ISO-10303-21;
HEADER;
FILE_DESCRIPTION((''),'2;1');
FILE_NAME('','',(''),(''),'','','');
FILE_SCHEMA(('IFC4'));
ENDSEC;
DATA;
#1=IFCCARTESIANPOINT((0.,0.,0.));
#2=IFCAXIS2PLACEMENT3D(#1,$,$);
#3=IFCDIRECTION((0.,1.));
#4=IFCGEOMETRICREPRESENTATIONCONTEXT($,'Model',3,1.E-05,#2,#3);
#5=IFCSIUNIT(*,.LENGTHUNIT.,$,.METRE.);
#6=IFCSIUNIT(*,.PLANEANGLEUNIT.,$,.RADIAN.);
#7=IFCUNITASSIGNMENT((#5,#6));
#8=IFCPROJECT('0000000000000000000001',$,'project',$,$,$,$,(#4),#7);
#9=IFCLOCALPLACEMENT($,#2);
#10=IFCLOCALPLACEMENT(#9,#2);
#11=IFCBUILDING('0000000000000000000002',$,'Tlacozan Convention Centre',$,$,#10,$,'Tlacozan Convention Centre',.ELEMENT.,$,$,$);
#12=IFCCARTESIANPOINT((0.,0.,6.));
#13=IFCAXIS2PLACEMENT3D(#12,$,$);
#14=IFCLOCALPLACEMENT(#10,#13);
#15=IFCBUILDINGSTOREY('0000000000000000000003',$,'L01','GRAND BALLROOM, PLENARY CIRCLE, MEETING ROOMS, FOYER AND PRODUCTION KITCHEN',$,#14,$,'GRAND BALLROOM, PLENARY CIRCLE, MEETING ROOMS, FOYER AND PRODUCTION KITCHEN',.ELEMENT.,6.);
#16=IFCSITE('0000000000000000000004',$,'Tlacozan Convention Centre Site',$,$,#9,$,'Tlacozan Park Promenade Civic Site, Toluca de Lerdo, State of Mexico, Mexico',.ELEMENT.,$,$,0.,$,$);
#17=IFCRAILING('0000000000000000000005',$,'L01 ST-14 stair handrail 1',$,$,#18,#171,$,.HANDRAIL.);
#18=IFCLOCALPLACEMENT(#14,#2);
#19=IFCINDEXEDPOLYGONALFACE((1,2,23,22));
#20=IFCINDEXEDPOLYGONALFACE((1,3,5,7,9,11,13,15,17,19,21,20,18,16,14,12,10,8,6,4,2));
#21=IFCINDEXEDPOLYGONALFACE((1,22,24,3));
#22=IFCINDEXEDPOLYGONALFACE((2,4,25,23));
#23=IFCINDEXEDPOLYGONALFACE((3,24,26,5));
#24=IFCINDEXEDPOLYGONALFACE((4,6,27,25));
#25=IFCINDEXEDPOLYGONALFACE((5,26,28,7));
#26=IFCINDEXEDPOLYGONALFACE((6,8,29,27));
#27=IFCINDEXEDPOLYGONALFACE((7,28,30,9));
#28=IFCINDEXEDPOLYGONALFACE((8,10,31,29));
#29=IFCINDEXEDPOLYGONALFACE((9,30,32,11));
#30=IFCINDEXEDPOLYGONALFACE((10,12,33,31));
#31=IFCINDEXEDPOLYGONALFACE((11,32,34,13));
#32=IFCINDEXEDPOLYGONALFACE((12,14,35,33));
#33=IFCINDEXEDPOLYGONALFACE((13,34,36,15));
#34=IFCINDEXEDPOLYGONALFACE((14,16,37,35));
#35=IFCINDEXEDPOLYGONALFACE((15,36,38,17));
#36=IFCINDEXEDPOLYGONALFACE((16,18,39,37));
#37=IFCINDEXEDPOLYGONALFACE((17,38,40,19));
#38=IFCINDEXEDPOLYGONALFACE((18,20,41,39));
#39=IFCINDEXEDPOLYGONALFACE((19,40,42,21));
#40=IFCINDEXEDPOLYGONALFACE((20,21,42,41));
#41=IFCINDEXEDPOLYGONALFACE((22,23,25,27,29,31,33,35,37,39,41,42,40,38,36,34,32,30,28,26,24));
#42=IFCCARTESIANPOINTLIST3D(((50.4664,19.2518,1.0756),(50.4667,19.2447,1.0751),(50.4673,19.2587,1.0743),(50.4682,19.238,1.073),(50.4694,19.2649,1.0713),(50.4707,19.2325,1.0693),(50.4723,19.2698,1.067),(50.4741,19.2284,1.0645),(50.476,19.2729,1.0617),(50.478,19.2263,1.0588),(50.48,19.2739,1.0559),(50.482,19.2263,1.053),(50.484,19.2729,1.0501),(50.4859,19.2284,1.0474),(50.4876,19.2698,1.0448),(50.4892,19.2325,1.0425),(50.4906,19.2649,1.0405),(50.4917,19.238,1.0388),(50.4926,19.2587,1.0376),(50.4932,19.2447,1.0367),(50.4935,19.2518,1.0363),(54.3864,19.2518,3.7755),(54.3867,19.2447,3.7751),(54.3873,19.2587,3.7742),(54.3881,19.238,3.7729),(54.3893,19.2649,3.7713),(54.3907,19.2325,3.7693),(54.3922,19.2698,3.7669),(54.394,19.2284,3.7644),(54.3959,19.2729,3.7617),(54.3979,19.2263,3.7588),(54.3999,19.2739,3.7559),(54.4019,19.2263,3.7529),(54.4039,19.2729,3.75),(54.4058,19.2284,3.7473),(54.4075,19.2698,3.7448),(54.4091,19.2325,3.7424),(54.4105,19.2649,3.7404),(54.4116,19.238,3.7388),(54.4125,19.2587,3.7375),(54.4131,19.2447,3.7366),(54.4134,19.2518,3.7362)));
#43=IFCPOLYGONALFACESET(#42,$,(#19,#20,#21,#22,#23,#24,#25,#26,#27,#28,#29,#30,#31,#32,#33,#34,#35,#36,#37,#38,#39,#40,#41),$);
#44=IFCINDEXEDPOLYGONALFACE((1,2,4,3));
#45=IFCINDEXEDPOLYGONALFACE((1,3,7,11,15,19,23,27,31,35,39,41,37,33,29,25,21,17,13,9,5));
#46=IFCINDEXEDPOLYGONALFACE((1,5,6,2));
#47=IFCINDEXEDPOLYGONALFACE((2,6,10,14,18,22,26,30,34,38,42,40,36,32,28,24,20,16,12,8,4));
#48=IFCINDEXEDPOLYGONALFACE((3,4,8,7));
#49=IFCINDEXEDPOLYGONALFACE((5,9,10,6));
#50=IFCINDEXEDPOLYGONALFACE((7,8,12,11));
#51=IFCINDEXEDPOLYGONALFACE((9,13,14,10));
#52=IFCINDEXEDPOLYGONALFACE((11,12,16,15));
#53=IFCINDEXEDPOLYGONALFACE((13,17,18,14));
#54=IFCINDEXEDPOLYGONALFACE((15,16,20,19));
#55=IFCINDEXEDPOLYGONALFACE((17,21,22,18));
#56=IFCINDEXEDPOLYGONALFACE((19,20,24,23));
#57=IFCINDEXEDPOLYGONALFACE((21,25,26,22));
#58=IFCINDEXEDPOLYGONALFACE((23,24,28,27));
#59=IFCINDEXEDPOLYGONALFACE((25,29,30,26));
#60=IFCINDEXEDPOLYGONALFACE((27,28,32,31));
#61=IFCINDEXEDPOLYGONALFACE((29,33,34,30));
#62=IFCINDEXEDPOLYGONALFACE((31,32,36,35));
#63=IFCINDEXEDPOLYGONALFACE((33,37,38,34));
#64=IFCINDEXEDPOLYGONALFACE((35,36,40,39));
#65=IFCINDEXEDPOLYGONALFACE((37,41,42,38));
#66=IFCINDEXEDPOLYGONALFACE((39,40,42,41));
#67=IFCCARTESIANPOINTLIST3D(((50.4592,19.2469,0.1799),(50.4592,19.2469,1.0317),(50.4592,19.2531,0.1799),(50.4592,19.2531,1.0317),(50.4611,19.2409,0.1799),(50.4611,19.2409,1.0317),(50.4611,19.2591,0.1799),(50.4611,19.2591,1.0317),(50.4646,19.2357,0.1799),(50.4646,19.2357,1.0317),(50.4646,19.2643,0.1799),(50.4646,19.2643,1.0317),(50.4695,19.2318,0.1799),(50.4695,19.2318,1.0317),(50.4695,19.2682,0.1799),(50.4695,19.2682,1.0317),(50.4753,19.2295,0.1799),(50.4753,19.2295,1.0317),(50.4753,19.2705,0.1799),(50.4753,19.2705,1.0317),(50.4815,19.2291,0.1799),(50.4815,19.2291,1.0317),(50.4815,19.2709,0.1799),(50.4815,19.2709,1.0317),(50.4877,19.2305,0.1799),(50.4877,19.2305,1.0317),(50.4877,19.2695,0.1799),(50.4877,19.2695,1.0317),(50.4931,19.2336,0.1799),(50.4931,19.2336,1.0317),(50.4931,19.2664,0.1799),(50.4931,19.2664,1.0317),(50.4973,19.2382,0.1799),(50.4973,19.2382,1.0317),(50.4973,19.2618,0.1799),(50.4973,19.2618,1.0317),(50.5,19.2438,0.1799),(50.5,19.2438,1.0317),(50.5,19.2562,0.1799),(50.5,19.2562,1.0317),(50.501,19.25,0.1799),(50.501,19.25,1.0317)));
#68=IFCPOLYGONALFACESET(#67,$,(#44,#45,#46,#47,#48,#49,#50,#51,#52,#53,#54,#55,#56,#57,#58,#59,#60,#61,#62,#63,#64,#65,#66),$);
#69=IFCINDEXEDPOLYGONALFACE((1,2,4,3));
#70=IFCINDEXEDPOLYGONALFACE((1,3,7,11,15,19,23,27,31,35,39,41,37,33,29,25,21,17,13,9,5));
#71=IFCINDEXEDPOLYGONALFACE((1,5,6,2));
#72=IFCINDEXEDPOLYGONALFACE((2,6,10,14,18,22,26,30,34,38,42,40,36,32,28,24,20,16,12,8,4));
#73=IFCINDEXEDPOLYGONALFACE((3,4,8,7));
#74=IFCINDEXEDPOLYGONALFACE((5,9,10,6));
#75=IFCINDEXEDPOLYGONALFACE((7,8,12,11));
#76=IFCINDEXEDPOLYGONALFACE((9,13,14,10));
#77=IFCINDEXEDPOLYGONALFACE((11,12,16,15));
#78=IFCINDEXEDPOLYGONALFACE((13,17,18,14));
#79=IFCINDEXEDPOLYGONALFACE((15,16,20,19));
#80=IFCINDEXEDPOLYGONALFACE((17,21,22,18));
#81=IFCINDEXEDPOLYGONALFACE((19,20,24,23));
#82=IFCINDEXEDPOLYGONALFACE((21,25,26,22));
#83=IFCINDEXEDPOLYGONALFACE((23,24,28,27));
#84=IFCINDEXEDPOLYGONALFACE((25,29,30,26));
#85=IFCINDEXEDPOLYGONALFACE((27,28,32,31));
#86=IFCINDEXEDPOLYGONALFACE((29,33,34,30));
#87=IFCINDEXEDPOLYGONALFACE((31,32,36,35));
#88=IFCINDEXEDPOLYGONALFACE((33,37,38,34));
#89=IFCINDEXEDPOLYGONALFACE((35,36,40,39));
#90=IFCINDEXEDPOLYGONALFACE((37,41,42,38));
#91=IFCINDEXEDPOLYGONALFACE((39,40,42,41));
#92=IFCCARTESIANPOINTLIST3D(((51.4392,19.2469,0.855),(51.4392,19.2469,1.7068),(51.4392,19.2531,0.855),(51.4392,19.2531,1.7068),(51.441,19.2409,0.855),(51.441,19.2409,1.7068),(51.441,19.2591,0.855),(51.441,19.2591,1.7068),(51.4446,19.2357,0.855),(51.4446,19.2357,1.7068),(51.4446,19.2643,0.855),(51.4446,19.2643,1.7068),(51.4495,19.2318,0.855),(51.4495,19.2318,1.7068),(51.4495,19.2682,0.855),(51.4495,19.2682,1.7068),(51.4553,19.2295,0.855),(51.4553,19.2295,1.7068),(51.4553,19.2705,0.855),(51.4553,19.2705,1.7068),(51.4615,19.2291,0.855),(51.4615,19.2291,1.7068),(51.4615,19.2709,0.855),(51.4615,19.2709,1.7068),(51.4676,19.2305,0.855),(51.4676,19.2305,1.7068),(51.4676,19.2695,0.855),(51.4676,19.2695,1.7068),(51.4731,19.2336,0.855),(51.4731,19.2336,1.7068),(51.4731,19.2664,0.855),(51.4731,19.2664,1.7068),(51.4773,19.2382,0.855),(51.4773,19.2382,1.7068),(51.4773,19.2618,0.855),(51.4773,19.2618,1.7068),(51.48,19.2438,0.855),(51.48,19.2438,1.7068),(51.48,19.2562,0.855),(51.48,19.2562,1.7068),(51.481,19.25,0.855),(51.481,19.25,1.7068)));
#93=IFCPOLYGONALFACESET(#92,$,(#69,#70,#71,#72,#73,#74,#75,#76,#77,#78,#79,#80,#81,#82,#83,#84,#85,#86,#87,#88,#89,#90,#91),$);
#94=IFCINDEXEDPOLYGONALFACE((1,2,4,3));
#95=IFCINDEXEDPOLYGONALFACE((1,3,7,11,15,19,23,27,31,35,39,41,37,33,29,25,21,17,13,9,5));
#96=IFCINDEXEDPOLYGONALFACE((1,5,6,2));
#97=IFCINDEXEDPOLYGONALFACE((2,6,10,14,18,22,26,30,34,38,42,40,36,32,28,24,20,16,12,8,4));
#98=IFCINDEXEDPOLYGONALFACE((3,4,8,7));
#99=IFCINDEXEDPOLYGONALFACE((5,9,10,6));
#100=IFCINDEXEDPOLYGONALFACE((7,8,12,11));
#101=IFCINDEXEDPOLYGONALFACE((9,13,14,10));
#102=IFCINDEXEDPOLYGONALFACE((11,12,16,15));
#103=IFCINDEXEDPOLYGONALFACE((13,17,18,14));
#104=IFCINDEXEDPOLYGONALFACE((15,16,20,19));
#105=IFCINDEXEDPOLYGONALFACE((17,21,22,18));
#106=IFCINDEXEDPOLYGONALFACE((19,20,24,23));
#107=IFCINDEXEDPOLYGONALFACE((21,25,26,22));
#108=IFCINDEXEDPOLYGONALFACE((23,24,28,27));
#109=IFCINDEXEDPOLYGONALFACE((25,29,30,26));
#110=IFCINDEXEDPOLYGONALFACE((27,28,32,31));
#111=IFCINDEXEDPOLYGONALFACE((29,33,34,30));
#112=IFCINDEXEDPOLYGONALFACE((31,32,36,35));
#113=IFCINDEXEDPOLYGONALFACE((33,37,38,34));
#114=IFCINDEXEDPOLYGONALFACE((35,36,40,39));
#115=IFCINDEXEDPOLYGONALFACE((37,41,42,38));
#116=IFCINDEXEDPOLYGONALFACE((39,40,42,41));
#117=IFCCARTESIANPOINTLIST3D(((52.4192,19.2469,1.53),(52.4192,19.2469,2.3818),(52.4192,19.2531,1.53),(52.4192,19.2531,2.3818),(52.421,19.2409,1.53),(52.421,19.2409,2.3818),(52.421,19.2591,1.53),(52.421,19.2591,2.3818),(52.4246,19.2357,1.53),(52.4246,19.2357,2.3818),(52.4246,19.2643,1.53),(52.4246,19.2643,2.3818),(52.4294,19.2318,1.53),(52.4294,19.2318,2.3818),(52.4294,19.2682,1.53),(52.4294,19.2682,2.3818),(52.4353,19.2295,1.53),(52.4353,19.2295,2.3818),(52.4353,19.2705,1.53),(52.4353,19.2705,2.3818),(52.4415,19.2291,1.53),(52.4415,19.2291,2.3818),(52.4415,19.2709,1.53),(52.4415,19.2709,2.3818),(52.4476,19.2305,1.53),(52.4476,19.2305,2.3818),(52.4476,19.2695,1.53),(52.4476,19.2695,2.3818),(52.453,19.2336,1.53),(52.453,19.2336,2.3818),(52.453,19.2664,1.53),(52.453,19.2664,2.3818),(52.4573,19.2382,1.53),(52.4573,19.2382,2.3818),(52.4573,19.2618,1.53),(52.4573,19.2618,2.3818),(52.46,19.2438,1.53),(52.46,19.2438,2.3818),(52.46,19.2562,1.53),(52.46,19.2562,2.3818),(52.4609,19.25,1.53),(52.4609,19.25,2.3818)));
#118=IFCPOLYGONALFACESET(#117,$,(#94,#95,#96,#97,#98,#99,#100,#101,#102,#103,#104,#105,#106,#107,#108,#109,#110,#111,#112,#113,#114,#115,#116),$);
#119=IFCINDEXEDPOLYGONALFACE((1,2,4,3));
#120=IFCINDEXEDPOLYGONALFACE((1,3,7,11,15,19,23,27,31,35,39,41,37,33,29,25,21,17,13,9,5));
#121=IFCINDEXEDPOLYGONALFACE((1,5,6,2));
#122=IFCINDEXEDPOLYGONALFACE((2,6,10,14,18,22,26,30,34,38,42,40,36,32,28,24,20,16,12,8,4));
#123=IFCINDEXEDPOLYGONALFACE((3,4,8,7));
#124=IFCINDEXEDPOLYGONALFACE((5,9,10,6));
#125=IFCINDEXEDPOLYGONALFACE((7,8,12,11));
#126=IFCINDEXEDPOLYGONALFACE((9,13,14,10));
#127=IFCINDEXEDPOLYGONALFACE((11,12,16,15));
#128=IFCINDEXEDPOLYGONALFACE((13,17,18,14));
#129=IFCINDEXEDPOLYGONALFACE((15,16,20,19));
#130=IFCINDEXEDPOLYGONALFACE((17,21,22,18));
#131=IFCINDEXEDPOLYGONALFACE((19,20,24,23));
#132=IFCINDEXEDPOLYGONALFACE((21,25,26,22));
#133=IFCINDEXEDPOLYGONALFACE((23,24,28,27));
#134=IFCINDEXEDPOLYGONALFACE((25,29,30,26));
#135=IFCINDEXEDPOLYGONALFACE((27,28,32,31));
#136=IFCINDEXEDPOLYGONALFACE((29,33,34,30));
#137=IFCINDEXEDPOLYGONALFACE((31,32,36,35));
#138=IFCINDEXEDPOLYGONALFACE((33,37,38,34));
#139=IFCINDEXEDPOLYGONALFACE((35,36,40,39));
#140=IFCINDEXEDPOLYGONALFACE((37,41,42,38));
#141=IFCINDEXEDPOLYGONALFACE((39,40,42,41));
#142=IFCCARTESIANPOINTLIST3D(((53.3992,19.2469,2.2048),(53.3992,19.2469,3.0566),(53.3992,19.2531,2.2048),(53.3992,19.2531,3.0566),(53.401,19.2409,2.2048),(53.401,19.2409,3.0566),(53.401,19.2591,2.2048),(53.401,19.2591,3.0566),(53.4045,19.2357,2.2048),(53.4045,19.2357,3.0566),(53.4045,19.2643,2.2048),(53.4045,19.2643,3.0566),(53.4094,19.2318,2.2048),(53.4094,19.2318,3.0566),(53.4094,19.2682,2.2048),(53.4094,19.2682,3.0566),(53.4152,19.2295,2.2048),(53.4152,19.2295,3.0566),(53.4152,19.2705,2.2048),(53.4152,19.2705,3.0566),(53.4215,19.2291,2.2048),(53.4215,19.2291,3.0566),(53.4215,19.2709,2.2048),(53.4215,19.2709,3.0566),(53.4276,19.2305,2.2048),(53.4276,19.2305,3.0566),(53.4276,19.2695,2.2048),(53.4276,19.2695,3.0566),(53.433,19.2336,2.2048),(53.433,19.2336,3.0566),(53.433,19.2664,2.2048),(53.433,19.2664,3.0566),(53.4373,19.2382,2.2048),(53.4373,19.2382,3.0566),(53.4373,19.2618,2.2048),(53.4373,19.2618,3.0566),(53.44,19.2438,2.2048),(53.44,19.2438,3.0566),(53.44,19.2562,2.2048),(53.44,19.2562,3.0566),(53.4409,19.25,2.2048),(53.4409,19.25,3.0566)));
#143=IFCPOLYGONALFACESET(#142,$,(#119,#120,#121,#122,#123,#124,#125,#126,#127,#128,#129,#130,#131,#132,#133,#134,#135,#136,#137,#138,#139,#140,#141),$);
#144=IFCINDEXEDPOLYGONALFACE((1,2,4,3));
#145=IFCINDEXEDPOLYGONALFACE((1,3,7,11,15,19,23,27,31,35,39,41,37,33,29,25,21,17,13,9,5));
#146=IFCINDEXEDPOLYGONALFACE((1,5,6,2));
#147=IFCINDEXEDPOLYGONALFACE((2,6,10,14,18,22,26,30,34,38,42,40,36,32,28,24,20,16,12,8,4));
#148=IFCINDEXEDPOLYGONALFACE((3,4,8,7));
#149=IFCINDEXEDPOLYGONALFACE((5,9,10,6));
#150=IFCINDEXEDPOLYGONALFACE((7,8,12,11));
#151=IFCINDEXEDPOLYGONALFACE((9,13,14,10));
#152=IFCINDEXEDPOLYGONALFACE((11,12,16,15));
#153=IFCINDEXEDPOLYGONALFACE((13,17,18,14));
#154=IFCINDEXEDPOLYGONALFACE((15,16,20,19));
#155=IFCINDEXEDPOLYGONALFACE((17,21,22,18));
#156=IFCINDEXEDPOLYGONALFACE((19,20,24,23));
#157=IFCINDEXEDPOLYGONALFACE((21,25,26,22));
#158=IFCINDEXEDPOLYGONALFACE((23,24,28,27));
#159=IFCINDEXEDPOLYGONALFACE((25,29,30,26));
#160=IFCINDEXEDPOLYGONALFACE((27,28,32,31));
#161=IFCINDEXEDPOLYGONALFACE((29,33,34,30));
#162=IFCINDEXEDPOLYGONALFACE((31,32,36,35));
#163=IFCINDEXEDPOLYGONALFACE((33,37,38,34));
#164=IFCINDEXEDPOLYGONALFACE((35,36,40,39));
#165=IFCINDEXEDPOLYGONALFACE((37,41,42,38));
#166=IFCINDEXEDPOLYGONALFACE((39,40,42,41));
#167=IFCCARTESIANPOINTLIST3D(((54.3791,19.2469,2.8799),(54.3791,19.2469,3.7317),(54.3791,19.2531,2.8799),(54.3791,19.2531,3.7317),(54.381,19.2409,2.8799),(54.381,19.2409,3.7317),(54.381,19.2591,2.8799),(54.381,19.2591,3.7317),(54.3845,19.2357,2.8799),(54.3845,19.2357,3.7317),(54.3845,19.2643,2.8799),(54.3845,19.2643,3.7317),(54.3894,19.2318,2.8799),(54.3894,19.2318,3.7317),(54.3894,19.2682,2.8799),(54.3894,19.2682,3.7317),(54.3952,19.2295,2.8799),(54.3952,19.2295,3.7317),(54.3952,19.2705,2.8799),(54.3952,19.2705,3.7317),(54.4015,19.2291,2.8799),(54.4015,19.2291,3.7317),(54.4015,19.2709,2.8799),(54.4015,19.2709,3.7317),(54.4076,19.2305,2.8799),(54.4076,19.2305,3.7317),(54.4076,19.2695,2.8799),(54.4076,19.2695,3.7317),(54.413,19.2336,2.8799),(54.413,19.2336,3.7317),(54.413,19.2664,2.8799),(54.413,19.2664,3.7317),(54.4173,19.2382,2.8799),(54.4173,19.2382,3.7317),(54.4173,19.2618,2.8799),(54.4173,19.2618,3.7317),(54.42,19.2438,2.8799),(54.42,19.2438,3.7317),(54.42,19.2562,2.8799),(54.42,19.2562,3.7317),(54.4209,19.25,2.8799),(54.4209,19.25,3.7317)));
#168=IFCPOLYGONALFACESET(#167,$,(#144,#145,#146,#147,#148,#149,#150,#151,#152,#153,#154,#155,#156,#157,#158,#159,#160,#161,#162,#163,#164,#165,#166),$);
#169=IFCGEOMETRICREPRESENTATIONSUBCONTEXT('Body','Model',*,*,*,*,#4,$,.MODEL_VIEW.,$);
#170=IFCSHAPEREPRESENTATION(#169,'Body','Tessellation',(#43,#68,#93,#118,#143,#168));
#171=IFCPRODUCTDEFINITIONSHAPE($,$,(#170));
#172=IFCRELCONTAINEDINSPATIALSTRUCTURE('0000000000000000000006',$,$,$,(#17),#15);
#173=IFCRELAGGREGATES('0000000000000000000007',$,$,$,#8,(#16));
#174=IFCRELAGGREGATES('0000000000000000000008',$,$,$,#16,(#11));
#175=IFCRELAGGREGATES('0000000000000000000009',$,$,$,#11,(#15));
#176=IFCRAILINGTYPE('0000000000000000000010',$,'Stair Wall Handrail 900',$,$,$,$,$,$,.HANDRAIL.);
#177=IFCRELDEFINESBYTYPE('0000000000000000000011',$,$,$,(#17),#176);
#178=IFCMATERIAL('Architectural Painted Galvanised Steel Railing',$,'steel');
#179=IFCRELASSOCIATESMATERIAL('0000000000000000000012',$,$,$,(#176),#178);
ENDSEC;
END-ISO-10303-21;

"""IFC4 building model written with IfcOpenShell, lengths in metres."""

from ifc_helpers import new_model, si_unit, direction, frame, origin, origin_2d, place, context, subcontext, project, spatial, circle, extrude, material, type_object, element, save


model = new_model("IFC4")

# Units and contexts
model_context = context("Model", 3, precision=1e-05, world=origin(), true_north=direction((0.0, 1.0)))
body_context = subcontext(model_context, "Body", "Model", "MODEL_VIEW")
ifc_project = project(units=[si_unit("LENGTHUNIT", "METRE"), si_unit("PLANEANGLEUNIT", "RADIAN")], contexts=[model_context])

# Site, building, storey
site_placement = place(None, origin())
site = spatial("IfcSite", under=ifc_project, at=site_placement, Name="Tlacozan Convention Centre Site", LongName="Tlacozan Park Promenade Civic Site, Toluca de Lerdo, State of Mexico, Mexico", CompositionType="ELEMENT", RefElevation=0.0)
building_placement = place(site_placement, origin())
building = spatial("IfcBuilding", under=site, at=building_placement, Name="Tlacozan Convention Centre", LongName="Tlacozan Convention Centre", CompositionType="ELEMENT")
storey_placement = place(building_placement, frame((0.0, 0.0, 6.0)))
storey = spatial("IfcBuildingStorey", under=building, at=storey_placement, Name="L01", Description="GRAND BALLROOM, PLENARY CIRCLE, MEETING ROOMS, FOYER AND PRODUCTION KITCHEN", LongName="GRAND BALLROOM, PLENARY CIRCLE, MEETING ROOMS, FOYER AND PRODUCTION KITCHEN", CompositionType="ELEMENT", Elevation=6.0)

# Railing
ifc_material_1 = material(Name="Architectural Painted Galvanised Steel Railing", Category="steel")
railing_type_1 = type_object("IfcRailingType", Name="Stair Wall Handrail 900", PredefinedType="HANDRAIL", material=ifc_material_1)
railing_1_placement = place(storey_placement, frame((50.48, 19.25, 0.1799)))
element("IfcRailing", 1, at=railing_1_placement, inside=storey, type_object=railing_type_1, Name="L01 ST-14 stair handrail 1", PredefinedType="HANDRAIL", context=body_context, shape_type="SweptSolid", body=[
    extrude(circle(Radius=0.0239, at=origin_2d()), frame((0.0, 0.0, 0.876), z_axis=(0.823551, 0.0, 0.567243), x_axis=(0.0, 1.0, 0.0)), (0.0, 0.0, 1.0), 4.7598),
    extrude(circle(Radius=0.021, at=origin_2d()), origin(), (0.0, 0.0, 1.0), 0.8518),
    extrude(circle(Radius=0.021, at=origin_2d()), frame((0.98, 0.0, 0.675)), (0.0, 0.0, 1.0), 0.8518),
    extrude(circle(Radius=0.021, at=origin_2d()), frame((1.96, 0.0, 1.3501)), (0.0, 0.0, 1.0), 0.8518),
    extrude(circle(Radius=0.021, at=origin_2d()), frame((2.9399, 0.0, 2.0249)), (0.0, 0.0, 1.0), 0.8518),
    extrude(circle(Radius=0.021, at=origin_2d()), frame((3.9199, 0.0, 2.7)), (0.0, 0.0, 1.0), 0.8518),
])

save(model, "model.ifc")
